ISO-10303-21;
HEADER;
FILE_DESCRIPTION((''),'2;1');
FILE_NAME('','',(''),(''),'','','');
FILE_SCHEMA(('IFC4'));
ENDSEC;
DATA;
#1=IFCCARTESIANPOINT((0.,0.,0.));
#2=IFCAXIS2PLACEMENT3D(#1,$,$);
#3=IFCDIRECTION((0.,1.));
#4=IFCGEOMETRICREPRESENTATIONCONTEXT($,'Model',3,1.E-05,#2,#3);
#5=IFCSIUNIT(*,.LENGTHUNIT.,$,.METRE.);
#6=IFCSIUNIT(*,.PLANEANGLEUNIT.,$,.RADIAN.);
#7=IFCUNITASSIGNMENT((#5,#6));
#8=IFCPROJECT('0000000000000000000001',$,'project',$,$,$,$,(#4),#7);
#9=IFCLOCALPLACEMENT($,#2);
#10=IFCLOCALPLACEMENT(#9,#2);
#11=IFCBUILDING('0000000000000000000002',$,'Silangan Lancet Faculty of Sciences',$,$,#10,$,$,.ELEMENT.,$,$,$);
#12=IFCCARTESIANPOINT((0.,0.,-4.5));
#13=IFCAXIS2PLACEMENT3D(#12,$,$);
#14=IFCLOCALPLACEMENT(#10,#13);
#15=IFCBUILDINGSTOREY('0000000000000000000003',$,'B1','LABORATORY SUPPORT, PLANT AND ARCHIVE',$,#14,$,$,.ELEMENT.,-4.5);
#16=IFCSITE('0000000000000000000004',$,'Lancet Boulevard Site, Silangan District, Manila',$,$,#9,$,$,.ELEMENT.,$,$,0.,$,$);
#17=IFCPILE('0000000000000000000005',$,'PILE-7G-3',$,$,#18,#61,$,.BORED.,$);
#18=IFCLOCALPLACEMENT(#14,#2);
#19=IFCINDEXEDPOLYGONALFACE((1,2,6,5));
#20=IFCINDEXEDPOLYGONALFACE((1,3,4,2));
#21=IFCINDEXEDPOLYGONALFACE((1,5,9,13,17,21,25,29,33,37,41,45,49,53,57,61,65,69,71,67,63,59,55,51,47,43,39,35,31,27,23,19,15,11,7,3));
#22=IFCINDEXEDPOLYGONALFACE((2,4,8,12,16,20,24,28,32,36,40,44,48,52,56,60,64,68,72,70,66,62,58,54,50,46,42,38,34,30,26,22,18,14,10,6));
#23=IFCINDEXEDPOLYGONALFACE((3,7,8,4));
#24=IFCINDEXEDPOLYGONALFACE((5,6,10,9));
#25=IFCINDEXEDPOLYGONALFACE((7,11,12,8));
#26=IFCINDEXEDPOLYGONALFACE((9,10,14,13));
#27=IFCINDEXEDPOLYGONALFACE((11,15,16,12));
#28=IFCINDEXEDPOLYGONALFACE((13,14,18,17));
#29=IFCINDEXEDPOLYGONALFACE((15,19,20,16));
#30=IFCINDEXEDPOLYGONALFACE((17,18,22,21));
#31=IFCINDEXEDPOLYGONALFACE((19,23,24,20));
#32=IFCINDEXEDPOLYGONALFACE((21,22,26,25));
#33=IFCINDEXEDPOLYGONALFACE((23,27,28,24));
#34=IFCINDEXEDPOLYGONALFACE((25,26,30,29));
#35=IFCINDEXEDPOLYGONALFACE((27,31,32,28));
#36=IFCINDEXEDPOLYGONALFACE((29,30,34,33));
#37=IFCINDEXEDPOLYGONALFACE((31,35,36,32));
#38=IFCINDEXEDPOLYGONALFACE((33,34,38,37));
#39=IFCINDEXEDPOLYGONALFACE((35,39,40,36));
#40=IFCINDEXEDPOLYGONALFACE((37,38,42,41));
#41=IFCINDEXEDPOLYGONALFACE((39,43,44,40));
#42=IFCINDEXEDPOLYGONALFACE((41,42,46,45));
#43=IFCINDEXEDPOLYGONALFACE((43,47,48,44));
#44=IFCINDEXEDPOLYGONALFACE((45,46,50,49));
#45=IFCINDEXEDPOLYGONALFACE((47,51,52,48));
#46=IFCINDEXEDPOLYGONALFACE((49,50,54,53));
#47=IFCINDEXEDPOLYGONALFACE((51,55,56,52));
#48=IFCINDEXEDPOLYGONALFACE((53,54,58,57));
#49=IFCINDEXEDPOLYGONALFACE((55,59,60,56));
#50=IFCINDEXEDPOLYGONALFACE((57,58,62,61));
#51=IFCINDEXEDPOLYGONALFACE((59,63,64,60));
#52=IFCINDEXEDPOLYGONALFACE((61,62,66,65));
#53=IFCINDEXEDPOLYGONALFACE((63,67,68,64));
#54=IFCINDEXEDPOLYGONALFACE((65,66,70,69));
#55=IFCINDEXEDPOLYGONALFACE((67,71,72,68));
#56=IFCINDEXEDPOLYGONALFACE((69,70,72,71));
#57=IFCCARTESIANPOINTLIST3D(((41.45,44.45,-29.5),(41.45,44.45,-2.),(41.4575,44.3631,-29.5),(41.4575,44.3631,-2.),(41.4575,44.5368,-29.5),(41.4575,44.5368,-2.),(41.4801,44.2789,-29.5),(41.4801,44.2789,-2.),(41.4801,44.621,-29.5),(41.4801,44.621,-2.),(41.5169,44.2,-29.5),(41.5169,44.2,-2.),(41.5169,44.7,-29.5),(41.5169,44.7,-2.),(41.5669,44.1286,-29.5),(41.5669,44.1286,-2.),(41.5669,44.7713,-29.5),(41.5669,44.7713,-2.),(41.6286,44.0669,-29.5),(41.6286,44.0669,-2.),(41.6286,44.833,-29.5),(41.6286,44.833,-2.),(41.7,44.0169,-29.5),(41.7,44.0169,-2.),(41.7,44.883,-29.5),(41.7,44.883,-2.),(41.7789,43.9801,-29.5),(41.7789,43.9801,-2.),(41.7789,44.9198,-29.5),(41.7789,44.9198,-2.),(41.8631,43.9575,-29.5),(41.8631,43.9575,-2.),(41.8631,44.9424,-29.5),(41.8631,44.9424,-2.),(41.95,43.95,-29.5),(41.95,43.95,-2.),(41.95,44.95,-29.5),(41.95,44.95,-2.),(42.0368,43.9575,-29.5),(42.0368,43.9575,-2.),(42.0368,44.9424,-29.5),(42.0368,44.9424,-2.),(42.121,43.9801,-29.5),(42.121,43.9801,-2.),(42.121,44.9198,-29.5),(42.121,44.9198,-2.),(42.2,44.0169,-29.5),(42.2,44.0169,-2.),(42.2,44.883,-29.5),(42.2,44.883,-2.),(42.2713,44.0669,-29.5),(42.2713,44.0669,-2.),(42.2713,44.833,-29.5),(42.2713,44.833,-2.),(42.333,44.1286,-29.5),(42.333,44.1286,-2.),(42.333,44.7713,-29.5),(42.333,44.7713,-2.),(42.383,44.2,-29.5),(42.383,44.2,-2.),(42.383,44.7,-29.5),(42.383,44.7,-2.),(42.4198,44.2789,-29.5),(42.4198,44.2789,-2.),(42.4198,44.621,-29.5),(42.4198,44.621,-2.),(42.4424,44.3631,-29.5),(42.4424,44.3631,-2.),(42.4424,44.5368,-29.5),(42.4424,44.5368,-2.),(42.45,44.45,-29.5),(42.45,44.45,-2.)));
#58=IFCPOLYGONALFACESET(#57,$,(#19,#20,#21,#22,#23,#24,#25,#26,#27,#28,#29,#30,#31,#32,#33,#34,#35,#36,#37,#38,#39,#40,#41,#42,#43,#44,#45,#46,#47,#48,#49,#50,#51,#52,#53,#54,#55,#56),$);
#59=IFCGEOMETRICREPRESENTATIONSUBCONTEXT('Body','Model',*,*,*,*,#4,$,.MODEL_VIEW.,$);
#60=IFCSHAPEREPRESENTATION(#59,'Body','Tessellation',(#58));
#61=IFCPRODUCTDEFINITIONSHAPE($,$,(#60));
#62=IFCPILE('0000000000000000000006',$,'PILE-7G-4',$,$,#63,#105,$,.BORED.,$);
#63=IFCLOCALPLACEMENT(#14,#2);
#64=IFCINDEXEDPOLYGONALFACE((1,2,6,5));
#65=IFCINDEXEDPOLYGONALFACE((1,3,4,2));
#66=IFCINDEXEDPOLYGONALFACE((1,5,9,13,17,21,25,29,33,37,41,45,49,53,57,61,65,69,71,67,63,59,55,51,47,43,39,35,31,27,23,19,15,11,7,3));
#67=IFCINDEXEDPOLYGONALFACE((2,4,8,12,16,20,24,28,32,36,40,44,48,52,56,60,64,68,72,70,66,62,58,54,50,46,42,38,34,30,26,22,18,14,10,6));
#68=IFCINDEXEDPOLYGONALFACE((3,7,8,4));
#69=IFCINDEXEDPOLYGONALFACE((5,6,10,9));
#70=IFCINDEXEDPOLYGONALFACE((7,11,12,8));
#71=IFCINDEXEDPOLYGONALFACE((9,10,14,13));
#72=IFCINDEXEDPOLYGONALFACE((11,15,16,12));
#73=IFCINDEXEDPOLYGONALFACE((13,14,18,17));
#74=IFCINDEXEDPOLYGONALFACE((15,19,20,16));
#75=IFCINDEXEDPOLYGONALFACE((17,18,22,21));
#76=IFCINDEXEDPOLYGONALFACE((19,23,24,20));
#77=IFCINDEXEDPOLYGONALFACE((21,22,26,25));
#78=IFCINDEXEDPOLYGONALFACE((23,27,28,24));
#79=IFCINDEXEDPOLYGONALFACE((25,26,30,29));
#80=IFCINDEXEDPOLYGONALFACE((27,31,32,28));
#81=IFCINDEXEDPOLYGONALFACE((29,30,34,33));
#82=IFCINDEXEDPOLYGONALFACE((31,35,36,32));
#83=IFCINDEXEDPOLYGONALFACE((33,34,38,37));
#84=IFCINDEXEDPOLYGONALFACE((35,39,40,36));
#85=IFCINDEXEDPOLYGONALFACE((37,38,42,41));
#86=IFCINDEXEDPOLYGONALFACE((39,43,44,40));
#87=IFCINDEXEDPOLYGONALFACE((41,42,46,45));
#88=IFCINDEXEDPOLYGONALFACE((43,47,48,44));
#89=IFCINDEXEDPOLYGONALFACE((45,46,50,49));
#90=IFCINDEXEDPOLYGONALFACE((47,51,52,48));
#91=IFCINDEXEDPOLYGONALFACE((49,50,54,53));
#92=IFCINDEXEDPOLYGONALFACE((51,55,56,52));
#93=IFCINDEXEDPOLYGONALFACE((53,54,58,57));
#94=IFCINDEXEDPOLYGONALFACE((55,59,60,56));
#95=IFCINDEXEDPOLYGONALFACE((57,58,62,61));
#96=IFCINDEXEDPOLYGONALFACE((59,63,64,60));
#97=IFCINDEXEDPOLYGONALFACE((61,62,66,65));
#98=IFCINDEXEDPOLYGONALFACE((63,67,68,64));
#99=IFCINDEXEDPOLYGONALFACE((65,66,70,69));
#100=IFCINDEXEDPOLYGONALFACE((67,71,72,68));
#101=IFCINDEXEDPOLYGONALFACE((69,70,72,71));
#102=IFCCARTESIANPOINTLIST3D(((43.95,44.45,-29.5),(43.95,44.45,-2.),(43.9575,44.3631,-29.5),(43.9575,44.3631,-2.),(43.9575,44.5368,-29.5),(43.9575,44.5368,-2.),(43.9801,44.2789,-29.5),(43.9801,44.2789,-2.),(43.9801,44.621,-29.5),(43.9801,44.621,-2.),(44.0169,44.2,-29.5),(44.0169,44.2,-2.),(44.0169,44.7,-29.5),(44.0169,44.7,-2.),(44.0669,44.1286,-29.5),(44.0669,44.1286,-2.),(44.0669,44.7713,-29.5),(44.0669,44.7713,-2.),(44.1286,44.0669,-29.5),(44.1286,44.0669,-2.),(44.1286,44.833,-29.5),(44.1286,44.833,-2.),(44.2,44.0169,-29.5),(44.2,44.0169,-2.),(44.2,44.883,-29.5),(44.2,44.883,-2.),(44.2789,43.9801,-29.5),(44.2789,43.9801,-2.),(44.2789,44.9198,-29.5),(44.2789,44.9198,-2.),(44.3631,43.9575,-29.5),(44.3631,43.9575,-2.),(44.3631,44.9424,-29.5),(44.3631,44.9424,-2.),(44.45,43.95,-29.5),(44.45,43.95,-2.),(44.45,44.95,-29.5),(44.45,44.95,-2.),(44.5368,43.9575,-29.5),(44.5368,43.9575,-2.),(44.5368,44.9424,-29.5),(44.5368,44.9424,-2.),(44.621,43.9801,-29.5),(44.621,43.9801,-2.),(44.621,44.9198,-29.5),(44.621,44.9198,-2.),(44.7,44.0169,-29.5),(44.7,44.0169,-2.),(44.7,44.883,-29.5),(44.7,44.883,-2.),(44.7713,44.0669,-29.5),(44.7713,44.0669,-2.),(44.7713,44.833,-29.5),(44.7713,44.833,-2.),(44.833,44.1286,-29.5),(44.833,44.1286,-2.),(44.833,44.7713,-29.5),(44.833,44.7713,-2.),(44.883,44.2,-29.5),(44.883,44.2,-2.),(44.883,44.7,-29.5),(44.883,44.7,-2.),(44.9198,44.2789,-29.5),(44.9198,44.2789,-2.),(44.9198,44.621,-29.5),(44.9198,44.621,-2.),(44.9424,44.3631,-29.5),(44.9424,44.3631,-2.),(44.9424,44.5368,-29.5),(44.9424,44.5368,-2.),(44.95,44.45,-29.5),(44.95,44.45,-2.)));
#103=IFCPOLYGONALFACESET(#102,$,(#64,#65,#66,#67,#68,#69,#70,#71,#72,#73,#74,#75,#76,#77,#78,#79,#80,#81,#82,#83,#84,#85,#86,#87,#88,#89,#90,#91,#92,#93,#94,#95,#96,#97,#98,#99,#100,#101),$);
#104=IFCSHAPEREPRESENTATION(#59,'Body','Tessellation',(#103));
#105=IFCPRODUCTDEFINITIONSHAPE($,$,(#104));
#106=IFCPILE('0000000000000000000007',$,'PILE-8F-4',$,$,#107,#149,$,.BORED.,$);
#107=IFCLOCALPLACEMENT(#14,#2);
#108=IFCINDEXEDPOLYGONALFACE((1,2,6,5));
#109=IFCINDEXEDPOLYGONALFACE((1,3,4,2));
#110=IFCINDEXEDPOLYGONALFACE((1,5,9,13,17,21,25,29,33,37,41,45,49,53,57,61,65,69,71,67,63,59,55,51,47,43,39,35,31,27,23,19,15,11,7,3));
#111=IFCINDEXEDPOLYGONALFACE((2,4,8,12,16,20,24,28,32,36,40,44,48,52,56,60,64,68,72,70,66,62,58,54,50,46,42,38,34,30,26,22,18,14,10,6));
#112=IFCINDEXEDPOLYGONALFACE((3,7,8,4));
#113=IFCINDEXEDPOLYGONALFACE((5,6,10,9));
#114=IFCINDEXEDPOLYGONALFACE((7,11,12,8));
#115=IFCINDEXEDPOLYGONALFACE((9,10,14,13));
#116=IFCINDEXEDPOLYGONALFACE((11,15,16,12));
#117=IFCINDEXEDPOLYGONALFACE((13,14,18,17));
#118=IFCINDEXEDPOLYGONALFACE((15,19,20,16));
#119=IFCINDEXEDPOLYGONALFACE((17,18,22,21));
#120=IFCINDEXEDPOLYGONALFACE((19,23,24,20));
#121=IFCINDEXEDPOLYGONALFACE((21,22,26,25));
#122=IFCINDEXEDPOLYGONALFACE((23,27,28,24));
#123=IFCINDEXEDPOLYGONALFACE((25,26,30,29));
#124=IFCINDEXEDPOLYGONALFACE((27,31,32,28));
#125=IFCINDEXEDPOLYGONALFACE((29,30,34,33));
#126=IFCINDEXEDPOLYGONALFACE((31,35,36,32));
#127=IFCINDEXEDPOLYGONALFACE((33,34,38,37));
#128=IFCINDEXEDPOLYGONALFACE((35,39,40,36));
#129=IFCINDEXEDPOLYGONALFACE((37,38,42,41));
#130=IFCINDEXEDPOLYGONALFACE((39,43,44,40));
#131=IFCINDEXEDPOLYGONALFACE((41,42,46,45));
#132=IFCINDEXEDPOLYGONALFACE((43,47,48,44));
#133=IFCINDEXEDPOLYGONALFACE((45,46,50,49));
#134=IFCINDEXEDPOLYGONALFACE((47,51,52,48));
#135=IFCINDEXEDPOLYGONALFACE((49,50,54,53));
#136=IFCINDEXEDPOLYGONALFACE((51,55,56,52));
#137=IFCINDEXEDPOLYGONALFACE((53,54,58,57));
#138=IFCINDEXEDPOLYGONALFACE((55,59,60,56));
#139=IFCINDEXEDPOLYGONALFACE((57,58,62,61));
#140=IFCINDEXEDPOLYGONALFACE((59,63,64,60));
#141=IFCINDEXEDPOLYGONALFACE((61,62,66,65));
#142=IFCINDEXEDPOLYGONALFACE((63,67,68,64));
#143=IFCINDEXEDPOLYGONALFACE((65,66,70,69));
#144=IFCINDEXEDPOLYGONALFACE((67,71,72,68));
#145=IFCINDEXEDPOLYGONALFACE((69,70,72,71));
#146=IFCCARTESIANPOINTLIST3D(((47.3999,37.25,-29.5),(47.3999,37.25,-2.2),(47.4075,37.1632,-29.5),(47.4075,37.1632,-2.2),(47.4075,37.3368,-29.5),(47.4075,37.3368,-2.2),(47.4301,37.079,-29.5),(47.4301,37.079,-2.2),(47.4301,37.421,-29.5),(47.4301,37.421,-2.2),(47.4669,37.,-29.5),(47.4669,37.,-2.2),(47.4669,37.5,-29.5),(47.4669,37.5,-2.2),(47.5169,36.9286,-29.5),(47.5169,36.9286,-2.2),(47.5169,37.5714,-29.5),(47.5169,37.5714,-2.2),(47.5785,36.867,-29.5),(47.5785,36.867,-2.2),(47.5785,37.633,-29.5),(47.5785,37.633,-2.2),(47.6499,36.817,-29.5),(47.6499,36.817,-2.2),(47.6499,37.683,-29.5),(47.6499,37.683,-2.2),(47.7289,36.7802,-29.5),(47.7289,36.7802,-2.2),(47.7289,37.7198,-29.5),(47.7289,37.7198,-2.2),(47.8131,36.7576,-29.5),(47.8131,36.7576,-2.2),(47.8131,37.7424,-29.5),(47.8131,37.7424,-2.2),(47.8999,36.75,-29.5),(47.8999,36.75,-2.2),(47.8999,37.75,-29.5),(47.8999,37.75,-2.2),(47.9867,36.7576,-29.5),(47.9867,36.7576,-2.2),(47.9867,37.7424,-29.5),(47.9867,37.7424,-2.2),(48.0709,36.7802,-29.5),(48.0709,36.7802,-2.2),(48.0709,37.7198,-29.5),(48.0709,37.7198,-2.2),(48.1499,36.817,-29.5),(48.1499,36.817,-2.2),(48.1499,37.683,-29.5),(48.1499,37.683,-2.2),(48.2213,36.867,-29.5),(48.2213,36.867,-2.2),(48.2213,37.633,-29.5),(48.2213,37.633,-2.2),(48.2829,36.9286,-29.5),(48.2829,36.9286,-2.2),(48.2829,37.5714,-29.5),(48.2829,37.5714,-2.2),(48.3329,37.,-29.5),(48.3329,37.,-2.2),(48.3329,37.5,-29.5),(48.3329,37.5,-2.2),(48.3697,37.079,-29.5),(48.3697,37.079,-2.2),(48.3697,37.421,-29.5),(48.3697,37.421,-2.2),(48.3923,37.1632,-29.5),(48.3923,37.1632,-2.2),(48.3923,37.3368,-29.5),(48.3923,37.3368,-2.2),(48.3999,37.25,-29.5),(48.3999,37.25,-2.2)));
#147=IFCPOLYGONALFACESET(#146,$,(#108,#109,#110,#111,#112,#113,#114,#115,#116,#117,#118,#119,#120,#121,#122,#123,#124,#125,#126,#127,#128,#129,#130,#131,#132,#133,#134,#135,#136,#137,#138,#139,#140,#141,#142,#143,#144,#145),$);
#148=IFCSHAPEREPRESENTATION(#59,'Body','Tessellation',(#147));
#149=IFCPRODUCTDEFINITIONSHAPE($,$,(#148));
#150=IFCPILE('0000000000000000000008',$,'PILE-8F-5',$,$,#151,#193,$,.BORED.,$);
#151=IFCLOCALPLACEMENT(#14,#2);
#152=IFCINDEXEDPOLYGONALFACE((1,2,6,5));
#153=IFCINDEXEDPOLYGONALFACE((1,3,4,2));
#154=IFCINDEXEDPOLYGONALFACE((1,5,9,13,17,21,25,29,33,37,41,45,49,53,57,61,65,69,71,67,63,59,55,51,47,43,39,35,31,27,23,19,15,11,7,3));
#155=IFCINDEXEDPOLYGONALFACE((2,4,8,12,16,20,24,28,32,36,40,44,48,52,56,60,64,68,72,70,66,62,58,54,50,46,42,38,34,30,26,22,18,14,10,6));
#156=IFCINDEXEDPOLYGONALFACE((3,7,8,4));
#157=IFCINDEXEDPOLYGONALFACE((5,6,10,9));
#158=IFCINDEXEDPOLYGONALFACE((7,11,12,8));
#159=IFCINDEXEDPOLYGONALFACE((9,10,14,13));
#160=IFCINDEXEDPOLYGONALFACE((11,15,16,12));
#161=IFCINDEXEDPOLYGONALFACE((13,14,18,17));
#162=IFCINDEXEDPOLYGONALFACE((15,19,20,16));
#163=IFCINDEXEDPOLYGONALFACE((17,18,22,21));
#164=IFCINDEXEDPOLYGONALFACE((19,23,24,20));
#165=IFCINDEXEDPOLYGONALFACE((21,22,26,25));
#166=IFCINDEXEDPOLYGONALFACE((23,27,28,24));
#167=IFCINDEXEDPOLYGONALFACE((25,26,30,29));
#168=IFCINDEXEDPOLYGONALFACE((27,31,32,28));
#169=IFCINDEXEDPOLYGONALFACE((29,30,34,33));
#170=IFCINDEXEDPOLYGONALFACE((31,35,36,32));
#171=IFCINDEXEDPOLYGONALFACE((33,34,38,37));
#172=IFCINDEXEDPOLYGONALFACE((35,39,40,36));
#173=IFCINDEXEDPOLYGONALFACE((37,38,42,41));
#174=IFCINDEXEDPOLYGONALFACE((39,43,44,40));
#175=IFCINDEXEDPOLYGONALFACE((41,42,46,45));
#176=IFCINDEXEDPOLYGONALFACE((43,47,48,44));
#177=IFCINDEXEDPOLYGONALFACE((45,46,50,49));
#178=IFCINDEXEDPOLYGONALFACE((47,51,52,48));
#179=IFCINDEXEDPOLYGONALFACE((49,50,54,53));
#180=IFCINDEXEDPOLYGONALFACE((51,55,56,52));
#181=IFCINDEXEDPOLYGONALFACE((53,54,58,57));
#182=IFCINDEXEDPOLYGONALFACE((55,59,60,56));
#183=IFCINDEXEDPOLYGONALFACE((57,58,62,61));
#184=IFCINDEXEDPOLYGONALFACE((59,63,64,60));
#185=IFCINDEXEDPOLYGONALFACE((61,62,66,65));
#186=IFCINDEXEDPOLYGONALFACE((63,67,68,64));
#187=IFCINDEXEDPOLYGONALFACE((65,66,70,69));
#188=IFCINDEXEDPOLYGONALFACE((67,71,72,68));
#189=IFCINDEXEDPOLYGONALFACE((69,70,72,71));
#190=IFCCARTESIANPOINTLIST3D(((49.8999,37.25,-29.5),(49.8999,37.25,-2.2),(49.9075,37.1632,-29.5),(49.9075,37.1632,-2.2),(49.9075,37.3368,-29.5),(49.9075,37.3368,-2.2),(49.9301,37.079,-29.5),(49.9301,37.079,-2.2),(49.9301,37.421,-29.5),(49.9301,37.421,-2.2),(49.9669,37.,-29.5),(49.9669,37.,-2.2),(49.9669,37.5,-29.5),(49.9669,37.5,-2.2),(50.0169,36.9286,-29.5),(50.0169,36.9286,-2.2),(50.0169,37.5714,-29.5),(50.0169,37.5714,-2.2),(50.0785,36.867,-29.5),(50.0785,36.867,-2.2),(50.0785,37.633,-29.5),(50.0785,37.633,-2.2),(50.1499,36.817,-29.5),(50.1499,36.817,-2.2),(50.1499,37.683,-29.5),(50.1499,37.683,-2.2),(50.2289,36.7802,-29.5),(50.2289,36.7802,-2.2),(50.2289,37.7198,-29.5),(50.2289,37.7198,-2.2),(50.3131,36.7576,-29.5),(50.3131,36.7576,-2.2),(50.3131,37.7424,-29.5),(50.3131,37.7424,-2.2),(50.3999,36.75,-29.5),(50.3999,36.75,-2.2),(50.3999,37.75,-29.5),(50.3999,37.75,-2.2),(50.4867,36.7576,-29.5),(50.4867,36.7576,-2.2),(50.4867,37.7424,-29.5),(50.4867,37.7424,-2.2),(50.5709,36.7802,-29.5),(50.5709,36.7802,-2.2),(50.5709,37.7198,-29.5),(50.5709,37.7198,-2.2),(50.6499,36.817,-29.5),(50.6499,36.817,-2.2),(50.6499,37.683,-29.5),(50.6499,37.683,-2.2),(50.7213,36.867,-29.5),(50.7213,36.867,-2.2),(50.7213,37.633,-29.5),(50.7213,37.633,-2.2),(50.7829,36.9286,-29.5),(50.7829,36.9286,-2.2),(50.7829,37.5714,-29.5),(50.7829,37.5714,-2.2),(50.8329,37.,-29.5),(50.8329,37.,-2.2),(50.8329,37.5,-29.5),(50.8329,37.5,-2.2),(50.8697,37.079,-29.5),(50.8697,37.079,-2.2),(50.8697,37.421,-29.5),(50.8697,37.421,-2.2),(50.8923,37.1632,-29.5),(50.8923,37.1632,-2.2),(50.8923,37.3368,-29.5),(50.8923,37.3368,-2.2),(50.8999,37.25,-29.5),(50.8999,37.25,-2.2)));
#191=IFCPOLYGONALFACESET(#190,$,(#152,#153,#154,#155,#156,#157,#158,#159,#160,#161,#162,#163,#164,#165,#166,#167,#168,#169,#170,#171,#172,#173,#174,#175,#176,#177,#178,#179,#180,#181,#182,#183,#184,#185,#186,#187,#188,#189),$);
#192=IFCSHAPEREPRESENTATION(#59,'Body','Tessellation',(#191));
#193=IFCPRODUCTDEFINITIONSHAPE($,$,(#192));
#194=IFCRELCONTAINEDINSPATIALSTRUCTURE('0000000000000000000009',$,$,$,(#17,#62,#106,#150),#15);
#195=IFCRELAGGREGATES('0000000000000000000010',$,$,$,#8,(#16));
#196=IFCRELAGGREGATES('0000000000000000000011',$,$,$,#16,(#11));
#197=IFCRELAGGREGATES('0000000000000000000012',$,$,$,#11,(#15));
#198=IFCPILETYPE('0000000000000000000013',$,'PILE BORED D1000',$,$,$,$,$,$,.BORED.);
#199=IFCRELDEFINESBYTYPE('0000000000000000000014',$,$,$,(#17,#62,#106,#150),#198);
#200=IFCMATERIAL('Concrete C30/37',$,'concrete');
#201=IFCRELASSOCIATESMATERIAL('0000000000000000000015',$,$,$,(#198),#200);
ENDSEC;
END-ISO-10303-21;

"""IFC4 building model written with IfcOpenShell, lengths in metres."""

from ifc_helpers import new_model, si_unit, direction, frame, origin, origin_2d, place, context, subcontext, project, spatial, circle, extrude, material, material_profile, profile_set, type_object, element, save


model = new_model("IFC4")

# Units and contexts
model_context = context("Model", 3, precision=1e-05, world=origin(), true_north=direction((0.0, 1.0)))
body_context = subcontext(model_context, "Body", "Model", "MODEL_VIEW")
ifc_project = project(units=[si_unit("LENGTHUNIT", "METRE"), si_unit("PLANEANGLEUNIT", "RADIAN")], contexts=[model_context])

# Site, building, storey
site_placement = place(None, origin())
site = spatial("IfcSite", under=ifc_project, at=site_placement, Name="Lancet Boulevard Site, Silangan District, Manila", CompositionType="ELEMENT", RefElevation=0.0)
building_placement = place(site_placement, origin())
building = spatial("IfcBuilding", under=site, at=building_placement, Name="Silangan Lancet Faculty of Sciences", CompositionType="ELEMENT")
storey_placement = place(building_placement, frame((0.0, 0.0, -4.5)))
storey = spatial("IfcBuildingStorey", under=building, at=storey_placement, Name="B1", Description="LABORATORY SUPPORT, PLANT AND ARCHIVE", CompositionType="ELEMENT", Elevation=-4.5)

# Piles
ifc_material_1 = material(Name="Concrete C30/37", Category="concrete")
ifc_material_profile_1 = material_profile(ifc_material_1, circle(Radius=0.5, at=origin_2d()), Name="BORED PILE D1000")
ifc_profile_set_1 = profile_set([ifc_material_profile_1], Name="Concrete C30/37")
pile_type = type_object("IfcPileType", Name="PILE BORED D1000", PredefinedType="BORED", material=ifc_profile_set_1)
for number, where, z_axis, x_axis, name in (
    (1, (41.95, 44.45, -2.0), (0.0, 0.0, -1.0), (1.0, 0.0, 0.0), "PILE-7G-3"),
    (2, (44.45, 44.45, -2.0), (0.0, 0.0, -1.0), (1.0, 0.0, 0.0), "PILE-7G-4"),
):
    element("IfcPile", number, at=place(storey_placement, frame(where, z_axis=z_axis, x_axis=x_axis)), inside=storey, type_object=pile_type, Name=name, PredefinedType="BORED", context=body_context, shape_type="SweptSolid", body=[
        extrude(circle(Radius=0.5, at=origin_2d()), origin(), (0.0, 0.0, 1.0), 27.5),
    ])
for number, where, z_axis, x_axis, name in (
    (3, (47.8999, 37.25, -2.2), (0.0, 0.0, -1.0), (1.0, 0.0, 0.0), "PILE-8F-4"),
    (4, (50.3999, 37.25, -2.2), (0.0, 0.0, -1.0), (1.0, 0.0, 0.0), "PILE-8F-5"),
):
    element("IfcPile", number, at=place(storey_placement, frame(where, z_axis=z_axis, x_axis=x_axis)), inside=storey, type_object=pile_type, Name=name, PredefinedType="BORED", context=body_context, shape_type="SweptSolid", body=[
        extrude(circle(Radius=0.5, at=origin_2d()), origin(), (0.0, 0.0, 1.0), 27.3),
    ])

save(model, "model.ifc")
